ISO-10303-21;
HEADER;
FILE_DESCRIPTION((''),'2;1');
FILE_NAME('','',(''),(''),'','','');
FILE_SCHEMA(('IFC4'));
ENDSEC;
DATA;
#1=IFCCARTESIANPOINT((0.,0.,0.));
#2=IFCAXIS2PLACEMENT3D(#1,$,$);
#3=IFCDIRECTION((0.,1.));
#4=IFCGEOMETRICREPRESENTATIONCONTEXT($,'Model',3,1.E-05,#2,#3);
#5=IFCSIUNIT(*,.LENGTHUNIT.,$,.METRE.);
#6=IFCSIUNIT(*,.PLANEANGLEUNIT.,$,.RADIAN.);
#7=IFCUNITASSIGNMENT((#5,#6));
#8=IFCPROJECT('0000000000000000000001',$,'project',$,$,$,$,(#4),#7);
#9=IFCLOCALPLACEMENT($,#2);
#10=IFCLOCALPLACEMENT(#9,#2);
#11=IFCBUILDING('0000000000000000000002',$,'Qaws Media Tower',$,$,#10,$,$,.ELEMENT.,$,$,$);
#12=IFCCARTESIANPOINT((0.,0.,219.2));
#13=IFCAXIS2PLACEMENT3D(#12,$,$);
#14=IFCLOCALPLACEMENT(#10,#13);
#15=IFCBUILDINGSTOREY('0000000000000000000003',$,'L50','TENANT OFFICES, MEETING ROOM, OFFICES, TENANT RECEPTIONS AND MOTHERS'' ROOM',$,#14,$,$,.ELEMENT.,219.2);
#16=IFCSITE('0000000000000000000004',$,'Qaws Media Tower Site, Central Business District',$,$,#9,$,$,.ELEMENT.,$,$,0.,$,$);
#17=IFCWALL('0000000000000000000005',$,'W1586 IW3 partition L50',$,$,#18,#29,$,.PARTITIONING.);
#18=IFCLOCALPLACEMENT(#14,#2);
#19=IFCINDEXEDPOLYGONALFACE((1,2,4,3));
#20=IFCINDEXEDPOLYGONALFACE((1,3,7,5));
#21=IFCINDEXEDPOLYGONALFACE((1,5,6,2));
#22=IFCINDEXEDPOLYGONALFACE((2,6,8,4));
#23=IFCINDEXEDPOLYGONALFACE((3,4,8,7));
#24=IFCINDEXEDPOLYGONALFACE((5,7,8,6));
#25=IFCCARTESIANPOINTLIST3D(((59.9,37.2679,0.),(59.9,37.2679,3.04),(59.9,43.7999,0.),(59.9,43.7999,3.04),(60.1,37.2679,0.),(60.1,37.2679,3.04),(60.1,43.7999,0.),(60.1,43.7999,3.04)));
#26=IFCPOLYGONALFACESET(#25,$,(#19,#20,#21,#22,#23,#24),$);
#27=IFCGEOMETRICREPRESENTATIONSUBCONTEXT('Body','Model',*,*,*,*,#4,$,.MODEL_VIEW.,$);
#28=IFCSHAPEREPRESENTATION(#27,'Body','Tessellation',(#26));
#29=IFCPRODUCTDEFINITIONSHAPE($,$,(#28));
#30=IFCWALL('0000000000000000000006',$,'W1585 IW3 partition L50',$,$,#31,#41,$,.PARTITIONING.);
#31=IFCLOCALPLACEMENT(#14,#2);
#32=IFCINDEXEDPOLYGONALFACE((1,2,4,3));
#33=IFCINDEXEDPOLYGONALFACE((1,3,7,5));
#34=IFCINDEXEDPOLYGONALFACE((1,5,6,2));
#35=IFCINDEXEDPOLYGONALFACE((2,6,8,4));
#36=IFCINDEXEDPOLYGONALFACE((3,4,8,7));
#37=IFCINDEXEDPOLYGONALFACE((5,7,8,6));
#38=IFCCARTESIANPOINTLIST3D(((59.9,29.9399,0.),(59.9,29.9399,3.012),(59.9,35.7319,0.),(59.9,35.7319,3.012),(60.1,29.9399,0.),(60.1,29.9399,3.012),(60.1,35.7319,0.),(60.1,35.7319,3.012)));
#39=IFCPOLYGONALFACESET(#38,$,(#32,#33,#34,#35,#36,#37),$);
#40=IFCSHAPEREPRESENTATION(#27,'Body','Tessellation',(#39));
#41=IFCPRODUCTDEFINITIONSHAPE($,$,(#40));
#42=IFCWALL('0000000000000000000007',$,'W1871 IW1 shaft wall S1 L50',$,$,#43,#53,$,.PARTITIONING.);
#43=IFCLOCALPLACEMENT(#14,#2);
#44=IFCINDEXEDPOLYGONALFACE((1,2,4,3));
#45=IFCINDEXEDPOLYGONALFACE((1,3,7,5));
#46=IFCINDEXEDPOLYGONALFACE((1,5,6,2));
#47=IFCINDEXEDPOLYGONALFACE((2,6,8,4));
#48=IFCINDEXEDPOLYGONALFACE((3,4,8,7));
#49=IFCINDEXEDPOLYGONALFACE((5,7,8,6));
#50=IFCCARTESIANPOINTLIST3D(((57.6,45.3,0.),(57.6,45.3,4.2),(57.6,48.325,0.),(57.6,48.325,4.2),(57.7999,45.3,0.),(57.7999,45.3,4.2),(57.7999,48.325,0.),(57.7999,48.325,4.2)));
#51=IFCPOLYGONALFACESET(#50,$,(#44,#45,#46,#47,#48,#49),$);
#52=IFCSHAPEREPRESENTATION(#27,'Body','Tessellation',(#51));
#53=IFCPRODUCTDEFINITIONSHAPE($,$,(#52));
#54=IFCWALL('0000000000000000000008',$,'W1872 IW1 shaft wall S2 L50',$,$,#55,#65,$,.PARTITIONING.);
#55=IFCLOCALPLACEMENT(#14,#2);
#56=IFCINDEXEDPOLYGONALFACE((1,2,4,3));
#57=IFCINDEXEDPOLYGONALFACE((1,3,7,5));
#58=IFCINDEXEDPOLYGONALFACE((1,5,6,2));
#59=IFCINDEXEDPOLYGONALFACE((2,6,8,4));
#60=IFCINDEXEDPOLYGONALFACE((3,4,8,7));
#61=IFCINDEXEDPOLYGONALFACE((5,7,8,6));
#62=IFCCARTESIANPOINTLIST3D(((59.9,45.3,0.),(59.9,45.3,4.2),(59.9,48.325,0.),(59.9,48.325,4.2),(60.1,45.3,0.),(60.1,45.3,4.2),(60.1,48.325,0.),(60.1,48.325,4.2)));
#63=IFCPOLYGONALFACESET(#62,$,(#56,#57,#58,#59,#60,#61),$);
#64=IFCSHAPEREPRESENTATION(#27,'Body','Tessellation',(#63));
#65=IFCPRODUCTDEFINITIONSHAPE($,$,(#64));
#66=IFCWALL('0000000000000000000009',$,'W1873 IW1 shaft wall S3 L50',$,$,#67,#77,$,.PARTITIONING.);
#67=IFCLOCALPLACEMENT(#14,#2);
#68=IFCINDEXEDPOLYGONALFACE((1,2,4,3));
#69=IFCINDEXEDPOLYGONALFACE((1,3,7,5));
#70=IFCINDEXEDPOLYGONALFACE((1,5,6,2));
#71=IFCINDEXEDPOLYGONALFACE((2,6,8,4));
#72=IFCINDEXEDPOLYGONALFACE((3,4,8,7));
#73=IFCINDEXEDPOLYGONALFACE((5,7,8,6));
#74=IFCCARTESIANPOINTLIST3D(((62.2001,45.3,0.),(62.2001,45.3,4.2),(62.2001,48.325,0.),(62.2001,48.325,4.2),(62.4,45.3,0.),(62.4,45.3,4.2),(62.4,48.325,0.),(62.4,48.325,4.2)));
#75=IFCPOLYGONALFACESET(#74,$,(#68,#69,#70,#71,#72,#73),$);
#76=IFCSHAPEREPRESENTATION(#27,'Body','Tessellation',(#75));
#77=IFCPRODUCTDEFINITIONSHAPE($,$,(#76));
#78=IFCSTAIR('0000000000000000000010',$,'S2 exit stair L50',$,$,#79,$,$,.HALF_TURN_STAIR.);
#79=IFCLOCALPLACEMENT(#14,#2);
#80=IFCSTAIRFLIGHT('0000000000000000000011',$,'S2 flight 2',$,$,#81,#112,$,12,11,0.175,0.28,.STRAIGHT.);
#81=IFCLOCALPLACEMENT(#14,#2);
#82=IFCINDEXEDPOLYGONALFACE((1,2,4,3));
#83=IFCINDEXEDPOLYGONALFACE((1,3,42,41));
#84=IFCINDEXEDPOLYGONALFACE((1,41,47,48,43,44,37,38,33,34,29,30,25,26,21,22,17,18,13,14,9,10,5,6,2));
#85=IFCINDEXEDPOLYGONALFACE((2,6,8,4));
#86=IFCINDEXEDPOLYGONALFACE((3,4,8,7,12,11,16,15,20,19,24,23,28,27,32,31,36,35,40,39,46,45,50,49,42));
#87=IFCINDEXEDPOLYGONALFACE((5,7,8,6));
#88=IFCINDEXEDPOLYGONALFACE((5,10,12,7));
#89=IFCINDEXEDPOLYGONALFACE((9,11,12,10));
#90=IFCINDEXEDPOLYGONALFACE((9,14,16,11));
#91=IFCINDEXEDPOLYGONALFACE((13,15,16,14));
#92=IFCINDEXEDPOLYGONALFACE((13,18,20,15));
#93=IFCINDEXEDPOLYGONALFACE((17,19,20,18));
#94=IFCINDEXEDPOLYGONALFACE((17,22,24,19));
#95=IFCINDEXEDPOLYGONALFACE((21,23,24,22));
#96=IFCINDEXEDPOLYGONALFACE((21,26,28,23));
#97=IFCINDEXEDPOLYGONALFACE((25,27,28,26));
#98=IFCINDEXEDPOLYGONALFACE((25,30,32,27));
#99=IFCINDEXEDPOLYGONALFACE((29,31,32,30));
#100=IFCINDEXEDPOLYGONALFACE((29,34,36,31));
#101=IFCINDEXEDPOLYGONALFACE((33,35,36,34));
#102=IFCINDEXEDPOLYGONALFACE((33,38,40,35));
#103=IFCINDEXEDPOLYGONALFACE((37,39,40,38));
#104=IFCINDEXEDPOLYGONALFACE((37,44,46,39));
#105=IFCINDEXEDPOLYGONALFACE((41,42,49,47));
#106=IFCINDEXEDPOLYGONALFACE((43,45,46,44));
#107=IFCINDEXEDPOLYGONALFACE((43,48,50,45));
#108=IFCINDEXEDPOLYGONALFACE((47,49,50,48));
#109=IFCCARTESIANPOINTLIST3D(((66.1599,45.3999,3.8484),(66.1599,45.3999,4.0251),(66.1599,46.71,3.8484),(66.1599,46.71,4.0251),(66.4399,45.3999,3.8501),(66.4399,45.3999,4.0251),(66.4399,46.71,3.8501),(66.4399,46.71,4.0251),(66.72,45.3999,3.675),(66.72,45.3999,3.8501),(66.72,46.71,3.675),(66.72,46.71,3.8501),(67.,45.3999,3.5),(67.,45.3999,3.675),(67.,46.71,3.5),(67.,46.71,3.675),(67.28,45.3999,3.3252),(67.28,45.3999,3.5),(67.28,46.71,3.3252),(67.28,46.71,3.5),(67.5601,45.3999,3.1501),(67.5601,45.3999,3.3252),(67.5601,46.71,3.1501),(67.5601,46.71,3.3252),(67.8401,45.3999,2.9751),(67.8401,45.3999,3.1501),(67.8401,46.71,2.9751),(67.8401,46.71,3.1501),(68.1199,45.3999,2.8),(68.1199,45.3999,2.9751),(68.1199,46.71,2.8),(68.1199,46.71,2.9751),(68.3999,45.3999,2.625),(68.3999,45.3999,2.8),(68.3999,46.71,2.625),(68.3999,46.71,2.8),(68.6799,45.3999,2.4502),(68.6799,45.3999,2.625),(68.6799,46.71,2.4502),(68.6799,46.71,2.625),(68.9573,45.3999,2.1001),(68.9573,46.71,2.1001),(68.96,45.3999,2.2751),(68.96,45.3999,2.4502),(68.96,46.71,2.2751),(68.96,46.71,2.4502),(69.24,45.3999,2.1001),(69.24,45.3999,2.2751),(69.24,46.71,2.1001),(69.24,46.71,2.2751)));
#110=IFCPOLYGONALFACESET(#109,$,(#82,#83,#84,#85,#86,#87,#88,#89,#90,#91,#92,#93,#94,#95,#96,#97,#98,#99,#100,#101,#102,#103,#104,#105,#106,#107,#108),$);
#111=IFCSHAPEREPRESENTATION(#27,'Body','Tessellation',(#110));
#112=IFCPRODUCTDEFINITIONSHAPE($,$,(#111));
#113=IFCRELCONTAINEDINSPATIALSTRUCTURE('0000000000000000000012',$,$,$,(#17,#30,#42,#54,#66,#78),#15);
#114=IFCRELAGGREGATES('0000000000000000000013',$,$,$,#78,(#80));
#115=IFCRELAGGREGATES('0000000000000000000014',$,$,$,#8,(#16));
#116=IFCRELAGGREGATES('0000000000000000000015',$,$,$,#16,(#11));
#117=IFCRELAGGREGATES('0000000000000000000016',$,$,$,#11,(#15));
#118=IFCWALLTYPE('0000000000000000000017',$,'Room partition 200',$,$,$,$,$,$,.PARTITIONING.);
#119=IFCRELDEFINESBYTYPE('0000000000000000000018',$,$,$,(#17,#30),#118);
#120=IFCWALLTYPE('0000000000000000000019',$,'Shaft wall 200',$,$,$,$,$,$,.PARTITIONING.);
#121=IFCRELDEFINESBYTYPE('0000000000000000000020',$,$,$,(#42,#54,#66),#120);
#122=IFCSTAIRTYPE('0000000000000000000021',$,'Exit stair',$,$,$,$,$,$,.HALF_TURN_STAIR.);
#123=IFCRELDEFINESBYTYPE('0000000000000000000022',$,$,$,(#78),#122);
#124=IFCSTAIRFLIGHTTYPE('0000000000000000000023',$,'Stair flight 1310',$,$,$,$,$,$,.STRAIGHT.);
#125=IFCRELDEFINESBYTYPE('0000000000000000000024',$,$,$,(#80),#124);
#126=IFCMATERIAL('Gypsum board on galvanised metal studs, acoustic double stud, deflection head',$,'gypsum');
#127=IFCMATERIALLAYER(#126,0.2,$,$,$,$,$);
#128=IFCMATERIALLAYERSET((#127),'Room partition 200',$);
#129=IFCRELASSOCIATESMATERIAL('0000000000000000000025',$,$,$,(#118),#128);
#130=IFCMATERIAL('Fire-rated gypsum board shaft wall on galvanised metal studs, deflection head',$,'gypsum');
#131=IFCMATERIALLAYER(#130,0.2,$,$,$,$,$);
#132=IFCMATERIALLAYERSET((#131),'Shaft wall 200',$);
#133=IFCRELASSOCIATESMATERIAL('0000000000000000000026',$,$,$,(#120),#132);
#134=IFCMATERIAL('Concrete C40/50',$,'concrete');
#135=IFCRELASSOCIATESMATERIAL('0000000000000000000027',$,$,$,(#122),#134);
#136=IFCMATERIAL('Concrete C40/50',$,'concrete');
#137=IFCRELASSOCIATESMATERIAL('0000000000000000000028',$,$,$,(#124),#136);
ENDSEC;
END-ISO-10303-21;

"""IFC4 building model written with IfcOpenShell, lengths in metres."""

from ifc_helpers import new_model, si_unit, direction, frame, frame_2d, origin, place, context, subcontext, project, spatial, polyline, rectangle, outline, extrude, material, layer, layer_set, type_object, element, aggregate, save


model = new_model("IFC4")

# Units and contexts
model_context = context("Model", 3, precision=1e-05, world=origin(), true_north=direction((0.0, 1.0)))
body_context = subcontext(model_context, "Body", "Model", "MODEL_VIEW")
ifc_project = project(units=[si_unit("LENGTHUNIT", "METRE"), si_unit("PLANEANGLEUNIT", "RADIAN")], contexts=[model_context])

# Site, building, storey
site_placement = place(None, origin())
site = spatial("IfcSite", under=ifc_project, at=site_placement, Name="Qaws Media Tower Site, Central Business District", CompositionType="ELEMENT", RefElevation=0.0)
building_placement = place(site_placement, origin())
building = spatial("IfcBuilding", under=site, at=building_placement, Name="Qaws Media Tower", CompositionType="ELEMENT")
storey_placement = place(building_placement, frame((0.0, 0.0, 219.2)))
storey = spatial("IfcBuildingStorey", under=building, at=storey_placement, Name="L50", Description="TENANT OFFICES, MEETING ROOM, OFFICES, TENANT RECEPTIONS AND MOTHERS' ROOM", CompositionType="ELEMENT", Elevation=219.2)

# Walls
ifc_material_1 = material(Name="Gypsum board on galvanised metal studs, acoustic double stud, deflection head", Category="gypsum")
ifc_layer_1 = layer(ifc_material_1, 0.2)
ifc_layer_set_1 = layer_set([ifc_layer_1], Name="Room partition 200")
wall_type_1 = type_object("IfcWallType", Name="Room partition 200", PredefinedType="PARTITIONING", material=ifc_layer_set_1)
wall_1_placement = place(storey_placement, frame((60.0, 43.8, 0.0), z_axis=(0.0, 0.0, 1.0), x_axis=(0.0, -1.0, 0.0)))
element("IfcWall", 1, at=wall_1_placement, inside=storey, type_object=wall_type_1, Name="W1586 IW3 partition L50", PredefinedType="PARTITIONING", context=body_context, shape_type="SweptSolid", body=[
    extrude(rectangle(XDim=6.532, YDim=0.2, at=frame_2d((3.2661, 0.0))), origin(), (0.0, 0.0, 1.0), 3.04),
])
wall_2_placement = place(storey_placement, frame((60.0, 35.7319, 0.0), z_axis=(0.0, 0.0, 1.0), x_axis=(0.0, -1.0, 0.0)))
element("IfcWall", 2, at=wall_2_placement, inside=storey, type_object=wall_type_1, Name="W1585 IW3 partition L50", PredefinedType="PARTITIONING", context=body_context, shape_type="SweptSolid", body=[
    extrude(rectangle(XDim=5.792, YDim=0.2, at=frame_2d((2.896, 0.0))), origin(), (0.0, 0.0, 1.0), 3.012),
])
ifc_material_2 = material(Name="Fire-rated gypsum board shaft wall on galvanised metal studs, deflection head", Category="gypsum")
ifc_layer_2 = layer(ifc_material_2, 0.2)
ifc_layer_set_2 = layer_set([ifc_layer_2], Name="Shaft wall 200")
wall_type_2 = type_object("IfcWallType", Name="Shaft wall 200", PredefinedType="PARTITIONING", material=ifc_layer_set_2)
for number, where, z_axis, x_axis, name in (
    (3, (57.7, 45.3, 0.0), (0.0, 0.0, 1.0), (0.0, 1.0, 0.0), "W1871 IW1 shaft wall S1 L50"),
    (4, (60.0, 45.3, 0.0), (0.0, 0.0, 1.0), (0.0, 1.0, 0.0), "W1872 IW1 shaft wall S2 L50"),
    (5, (62.3, 45.3, 0.0), (0.0, 0.0, 1.0), (0.0, 1.0, 0.0), "W1873 IW1 shaft wall S3 L50"),
):
    element("IfcWall", number, at=place(storey_placement, frame(where, z_axis=z_axis, x_axis=x_axis)), inside=storey, type_object=wall_type_2, Name=name, PredefinedType="PARTITIONING", context=body_context, shape_type="SweptSolid", body=[
        extrude(rectangle(XDim=3.0249, YDim=0.2, at=frame_2d((1.5125, 0.0))), origin(), (0.0, 0.0, 1.0), 4.2),
    ])

# Stair, stair flight
ifc_material_3 = material(Name="Concrete C40/50", Category="concrete")
stair_type = type_object("IfcStairType", Name="Exit stair", PredefinedType="HALF_TURN_STAIR", material=ifc_material_3)
stair_placement = place(storey_placement, origin())
stair = element("IfcStair", 6, at=stair_placement, inside=storey, type_object=stair_type, Name="S2 exit stair L50", PredefinedType="HALF_TURN_STAIR")
ifc_material_4 = material(Name="Concrete C40/50", Category="concrete")
stair_flight_type = type_object("IfcStairFlightType", Name="Stair flight 1310", PredefinedType="STRAIGHT", material=ifc_material_4)
stair_flight_placement = place(storey_placement, frame((69.24, 46.0549, 2.1001), z_axis=(0.0, 0.0, 1.0), x_axis=(-1.0, 0.0, 0.0)))
stair_flight = element("IfcStairFlight", 7, at=stair_flight_placement, type_object=stair_flight_type, Name="S2 flight 2", NumberOfRisers=12, NumberOfTreads=11, PredefinedType="STRAIGHT", RiserHeight=0.175, TreadLength=0.28, context=body_context, shape_type="SweptSolid", body=[
    extrude(outline(polyline([(0.0, 0.0), (0.0, 0.175), (0.28, 0.175), (0.28, 0.3501), (0.5601, 0.3501), (0.5601, 0.5249), (0.8401, 0.5249), (0.8401, 0.7), (1.1201, 0.7), (1.1201, 0.875), (1.3999, 0.875), (1.3999, 1.05), (1.6799, 1.05), (1.6799, 1.2251), (1.96, 1.2251), (1.96, 1.3999), (2.24, 1.3999), (2.24, 1.575), (2.52, 1.575), (2.52, 1.75), (2.8, 1.75), (2.8, 1.925), (3.0801, 1.925), (3.0801, 2.1001), (3.0801, 1.7483), (0.2827, 0.0), (0.0, 0.0)])), frame((0.0, 0.655, 0.0), z_axis=(0.0, -1.0, 0.0), x_axis=(1.0, 0.0, 0.0)), (0.0, 0.0, 1.0), 1.3101),
])
aggregate(stair, [stair_flight])

save(model, "model.ifc")
